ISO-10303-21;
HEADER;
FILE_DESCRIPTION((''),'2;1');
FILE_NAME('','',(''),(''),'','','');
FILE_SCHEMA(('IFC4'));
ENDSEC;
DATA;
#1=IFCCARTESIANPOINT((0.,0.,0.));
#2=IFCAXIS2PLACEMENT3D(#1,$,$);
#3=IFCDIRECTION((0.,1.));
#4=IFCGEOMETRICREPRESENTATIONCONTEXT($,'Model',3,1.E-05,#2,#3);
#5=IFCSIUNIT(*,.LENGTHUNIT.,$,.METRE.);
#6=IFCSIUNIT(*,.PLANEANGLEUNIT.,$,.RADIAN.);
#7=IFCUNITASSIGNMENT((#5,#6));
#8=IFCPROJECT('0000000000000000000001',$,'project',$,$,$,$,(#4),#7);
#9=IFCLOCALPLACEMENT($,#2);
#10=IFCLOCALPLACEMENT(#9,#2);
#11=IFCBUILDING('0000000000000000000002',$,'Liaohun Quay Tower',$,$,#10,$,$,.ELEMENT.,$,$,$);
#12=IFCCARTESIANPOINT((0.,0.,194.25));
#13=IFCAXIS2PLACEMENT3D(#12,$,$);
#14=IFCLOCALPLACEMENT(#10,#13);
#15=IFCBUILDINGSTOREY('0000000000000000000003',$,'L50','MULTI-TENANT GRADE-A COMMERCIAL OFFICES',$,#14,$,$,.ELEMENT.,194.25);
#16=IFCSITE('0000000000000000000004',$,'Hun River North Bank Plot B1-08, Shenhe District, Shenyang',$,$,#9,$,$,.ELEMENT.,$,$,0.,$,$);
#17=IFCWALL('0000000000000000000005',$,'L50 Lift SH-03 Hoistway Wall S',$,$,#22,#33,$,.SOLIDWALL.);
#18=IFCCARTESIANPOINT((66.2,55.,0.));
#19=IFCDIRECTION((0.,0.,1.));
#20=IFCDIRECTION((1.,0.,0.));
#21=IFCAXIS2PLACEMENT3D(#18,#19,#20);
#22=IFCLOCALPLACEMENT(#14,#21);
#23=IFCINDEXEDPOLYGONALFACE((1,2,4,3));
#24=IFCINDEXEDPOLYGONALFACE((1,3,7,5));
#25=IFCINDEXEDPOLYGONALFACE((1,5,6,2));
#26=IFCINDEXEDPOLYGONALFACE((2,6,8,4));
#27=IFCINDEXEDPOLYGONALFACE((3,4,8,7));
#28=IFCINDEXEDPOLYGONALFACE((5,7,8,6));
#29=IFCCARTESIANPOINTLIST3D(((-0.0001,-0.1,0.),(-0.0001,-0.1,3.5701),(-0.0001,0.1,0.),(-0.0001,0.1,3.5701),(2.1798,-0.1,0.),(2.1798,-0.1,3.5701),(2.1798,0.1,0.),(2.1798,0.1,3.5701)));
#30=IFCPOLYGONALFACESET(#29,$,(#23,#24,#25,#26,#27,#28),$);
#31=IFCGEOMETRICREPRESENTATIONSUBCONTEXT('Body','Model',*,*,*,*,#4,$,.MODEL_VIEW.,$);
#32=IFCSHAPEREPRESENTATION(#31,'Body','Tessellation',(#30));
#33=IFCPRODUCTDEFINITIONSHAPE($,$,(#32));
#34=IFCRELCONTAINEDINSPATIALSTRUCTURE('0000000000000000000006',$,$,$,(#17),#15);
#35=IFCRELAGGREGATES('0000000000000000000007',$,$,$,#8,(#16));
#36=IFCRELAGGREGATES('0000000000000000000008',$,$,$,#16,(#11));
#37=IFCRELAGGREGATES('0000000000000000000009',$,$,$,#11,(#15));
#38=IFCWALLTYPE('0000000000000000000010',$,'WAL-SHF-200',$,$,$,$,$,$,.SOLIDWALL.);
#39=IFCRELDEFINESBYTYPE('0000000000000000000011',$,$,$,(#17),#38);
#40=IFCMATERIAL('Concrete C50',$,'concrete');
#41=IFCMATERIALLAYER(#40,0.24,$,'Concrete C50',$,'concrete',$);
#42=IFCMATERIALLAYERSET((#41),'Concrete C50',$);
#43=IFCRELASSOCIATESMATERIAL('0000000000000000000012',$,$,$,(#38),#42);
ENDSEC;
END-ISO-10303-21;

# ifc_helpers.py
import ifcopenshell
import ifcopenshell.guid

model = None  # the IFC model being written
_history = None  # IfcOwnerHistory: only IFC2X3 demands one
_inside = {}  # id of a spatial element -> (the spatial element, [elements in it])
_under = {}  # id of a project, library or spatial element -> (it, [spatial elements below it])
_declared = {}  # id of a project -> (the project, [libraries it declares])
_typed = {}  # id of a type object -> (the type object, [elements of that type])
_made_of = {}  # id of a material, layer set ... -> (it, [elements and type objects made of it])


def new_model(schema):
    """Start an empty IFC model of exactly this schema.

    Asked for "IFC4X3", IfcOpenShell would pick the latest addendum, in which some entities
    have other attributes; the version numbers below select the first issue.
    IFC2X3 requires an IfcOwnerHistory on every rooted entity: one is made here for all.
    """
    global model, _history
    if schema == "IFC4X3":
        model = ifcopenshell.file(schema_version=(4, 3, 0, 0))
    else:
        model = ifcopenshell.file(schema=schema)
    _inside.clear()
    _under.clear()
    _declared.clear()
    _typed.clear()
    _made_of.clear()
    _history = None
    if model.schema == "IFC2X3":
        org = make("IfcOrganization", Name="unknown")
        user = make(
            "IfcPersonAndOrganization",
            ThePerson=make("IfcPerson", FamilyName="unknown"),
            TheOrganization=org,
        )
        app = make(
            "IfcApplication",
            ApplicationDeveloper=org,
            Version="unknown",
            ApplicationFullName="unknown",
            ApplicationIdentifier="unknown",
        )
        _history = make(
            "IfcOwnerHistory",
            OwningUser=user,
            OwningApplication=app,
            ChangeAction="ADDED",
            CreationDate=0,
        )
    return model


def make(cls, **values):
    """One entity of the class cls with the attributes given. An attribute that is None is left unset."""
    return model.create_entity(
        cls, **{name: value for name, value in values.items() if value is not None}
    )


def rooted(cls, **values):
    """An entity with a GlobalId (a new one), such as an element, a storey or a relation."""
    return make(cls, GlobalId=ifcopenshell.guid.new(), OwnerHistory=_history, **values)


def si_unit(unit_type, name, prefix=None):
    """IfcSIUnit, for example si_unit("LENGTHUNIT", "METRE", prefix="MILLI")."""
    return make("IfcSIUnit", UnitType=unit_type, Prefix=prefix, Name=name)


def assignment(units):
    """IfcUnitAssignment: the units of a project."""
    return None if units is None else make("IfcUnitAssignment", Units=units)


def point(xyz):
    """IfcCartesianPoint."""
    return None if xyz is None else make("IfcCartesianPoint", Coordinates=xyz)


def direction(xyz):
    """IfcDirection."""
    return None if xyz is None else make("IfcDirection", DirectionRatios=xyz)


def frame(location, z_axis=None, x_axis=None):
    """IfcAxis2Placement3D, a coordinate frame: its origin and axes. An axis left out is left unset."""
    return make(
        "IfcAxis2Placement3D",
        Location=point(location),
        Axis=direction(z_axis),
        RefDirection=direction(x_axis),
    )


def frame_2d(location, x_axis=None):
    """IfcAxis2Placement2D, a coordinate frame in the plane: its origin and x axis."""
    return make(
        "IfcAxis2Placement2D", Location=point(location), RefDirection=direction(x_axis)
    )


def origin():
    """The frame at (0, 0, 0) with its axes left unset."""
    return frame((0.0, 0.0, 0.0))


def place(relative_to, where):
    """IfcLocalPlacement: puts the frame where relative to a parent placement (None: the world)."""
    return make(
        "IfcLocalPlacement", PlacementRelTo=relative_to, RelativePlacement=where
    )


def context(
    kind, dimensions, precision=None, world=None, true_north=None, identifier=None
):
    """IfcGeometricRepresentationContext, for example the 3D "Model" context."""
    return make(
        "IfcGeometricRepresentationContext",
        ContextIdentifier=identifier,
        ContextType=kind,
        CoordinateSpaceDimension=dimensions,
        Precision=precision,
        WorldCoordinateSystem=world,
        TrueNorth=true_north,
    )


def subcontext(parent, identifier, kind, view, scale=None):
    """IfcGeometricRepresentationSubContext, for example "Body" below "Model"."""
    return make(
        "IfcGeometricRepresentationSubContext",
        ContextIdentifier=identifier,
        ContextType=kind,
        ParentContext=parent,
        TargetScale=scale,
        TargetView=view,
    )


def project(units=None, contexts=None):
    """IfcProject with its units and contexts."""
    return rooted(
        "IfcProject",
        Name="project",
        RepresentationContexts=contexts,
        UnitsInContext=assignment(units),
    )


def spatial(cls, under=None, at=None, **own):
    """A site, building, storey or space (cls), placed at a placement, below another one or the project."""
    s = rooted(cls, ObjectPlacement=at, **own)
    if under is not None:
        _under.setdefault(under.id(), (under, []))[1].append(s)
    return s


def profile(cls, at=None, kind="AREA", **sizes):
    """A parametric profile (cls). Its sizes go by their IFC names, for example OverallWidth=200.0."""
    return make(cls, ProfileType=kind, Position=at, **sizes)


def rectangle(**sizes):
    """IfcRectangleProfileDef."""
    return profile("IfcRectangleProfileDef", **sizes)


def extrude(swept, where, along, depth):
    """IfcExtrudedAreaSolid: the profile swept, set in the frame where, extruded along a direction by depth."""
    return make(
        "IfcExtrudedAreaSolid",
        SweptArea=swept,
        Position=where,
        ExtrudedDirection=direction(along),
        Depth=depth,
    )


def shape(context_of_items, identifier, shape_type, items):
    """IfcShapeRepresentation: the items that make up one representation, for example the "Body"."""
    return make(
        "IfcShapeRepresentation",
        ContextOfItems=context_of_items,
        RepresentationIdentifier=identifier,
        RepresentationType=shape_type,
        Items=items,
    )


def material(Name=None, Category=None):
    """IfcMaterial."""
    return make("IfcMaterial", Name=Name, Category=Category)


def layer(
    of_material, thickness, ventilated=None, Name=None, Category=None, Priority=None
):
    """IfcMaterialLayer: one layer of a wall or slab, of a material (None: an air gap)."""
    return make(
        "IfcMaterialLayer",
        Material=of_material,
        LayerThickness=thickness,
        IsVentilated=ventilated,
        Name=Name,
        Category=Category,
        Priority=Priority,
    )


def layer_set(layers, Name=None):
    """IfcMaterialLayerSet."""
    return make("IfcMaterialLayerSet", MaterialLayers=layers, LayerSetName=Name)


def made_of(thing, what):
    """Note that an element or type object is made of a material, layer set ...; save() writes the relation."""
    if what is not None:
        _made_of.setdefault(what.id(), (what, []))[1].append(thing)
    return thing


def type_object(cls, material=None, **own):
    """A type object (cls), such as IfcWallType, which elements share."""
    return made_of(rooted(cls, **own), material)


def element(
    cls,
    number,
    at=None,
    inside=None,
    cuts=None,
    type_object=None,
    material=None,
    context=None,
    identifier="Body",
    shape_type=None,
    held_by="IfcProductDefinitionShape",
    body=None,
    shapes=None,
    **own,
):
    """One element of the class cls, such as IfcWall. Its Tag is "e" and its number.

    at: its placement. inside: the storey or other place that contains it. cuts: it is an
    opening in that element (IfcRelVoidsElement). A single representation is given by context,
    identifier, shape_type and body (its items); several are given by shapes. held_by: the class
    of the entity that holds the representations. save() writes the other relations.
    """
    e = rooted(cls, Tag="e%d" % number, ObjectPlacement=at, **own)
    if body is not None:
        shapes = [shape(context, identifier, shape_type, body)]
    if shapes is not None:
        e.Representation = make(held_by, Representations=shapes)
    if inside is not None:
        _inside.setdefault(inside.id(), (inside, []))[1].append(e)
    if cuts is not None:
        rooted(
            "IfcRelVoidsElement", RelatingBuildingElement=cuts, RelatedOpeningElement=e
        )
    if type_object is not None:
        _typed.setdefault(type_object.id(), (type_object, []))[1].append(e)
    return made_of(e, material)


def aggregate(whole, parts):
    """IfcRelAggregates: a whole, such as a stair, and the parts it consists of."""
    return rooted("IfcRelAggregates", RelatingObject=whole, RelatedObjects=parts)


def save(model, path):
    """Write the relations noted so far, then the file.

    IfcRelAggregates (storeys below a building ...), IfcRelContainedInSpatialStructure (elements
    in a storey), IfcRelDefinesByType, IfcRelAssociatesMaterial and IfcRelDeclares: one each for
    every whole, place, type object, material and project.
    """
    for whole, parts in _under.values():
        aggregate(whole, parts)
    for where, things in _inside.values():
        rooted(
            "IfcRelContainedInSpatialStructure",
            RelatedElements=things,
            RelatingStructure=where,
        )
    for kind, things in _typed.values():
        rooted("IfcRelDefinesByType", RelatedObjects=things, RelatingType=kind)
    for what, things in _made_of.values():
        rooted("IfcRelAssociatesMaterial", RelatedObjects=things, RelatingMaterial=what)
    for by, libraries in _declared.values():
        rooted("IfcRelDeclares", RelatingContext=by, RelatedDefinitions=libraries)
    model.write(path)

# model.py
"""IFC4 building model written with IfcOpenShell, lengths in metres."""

from ifc_helpers import new_model, si_unit, direction, frame, frame_2d, origin, place, context, subcontext, project, spatial, rectangle, extrude, material, layer, layer_set, type_object, element, save


model = new_model("IFC4")

# Units and contexts
model_context = context("Model", 3, precision=1e-05, world=origin(), true_north=direction((0.0, 1.0)))
body_context = subcontext(model_context, "Body", "Model", "MODEL_VIEW")
ifc_project = project(units=[si_unit("LENGTHUNIT", "METRE"), si_unit("PLANEANGLEUNIT", "RADIAN")], contexts=[model_context])

# Site, building, storey
site_placement = place(None, origin())
site = spatial("IfcSite", under=ifc_project, at=site_placement, Name="Hun River North Bank Plot B1-08, Shenhe District, Shenyang", CompositionType="ELEMENT", RefElevation=0.0)
building_placement = place(site_placement, origin())
building = spatial("IfcBuilding", under=site, at=building_placement, Name="Liaohun Quay Tower", CompositionType="ELEMENT")
storey_placement = place(building_placement, frame((0.0, 0.0, 194.25)))
storey = spatial("IfcBuildingStorey", under=building, at=storey_placement, Name="L50", Description="MULTI-TENANT GRADE-A COMMERCIAL OFFICES", CompositionType="ELEMENT", Elevation=194.25)

# Shared definitions
ifc_material_1 = material(Name="Concrete C50", Category="concrete")
ifc_layer_1 = layer(ifc_material_1, 0.24, Name="Concrete C50", Category="concrete")
ifc_layer_set_1 = layer_set([ifc_layer_1], Name="Concrete C50")
wall_type_1 = type_object("IfcWallType", Name="WAL-SHF-200", PredefinedType="SOLIDWALL", material=ifc_layer_set_1)

# Wall
wall_1_placement = place(storey_placement, frame((66.2, 55.0, 0.0), z_axis=(0.0, 0.0, 1.0), x_axis=(1.0, 0.0, 0.0)))
element("IfcWall", 1, at=wall_1_placement, inside=storey, type_object=wall_type_1, Name="L50 Lift SH-03 Hoistway Wall S", PredefinedType="SOLIDWALL", context=body_context, shape_type="SweptSolid", body=[
    extrude(rectangle(XDim=2.1799, YDim=0.2, at=frame_2d((1.0898, 0.0))), origin(), (0.0, 0.0, 1.0), 3.5701),
])

save(model, "model.ifc")
